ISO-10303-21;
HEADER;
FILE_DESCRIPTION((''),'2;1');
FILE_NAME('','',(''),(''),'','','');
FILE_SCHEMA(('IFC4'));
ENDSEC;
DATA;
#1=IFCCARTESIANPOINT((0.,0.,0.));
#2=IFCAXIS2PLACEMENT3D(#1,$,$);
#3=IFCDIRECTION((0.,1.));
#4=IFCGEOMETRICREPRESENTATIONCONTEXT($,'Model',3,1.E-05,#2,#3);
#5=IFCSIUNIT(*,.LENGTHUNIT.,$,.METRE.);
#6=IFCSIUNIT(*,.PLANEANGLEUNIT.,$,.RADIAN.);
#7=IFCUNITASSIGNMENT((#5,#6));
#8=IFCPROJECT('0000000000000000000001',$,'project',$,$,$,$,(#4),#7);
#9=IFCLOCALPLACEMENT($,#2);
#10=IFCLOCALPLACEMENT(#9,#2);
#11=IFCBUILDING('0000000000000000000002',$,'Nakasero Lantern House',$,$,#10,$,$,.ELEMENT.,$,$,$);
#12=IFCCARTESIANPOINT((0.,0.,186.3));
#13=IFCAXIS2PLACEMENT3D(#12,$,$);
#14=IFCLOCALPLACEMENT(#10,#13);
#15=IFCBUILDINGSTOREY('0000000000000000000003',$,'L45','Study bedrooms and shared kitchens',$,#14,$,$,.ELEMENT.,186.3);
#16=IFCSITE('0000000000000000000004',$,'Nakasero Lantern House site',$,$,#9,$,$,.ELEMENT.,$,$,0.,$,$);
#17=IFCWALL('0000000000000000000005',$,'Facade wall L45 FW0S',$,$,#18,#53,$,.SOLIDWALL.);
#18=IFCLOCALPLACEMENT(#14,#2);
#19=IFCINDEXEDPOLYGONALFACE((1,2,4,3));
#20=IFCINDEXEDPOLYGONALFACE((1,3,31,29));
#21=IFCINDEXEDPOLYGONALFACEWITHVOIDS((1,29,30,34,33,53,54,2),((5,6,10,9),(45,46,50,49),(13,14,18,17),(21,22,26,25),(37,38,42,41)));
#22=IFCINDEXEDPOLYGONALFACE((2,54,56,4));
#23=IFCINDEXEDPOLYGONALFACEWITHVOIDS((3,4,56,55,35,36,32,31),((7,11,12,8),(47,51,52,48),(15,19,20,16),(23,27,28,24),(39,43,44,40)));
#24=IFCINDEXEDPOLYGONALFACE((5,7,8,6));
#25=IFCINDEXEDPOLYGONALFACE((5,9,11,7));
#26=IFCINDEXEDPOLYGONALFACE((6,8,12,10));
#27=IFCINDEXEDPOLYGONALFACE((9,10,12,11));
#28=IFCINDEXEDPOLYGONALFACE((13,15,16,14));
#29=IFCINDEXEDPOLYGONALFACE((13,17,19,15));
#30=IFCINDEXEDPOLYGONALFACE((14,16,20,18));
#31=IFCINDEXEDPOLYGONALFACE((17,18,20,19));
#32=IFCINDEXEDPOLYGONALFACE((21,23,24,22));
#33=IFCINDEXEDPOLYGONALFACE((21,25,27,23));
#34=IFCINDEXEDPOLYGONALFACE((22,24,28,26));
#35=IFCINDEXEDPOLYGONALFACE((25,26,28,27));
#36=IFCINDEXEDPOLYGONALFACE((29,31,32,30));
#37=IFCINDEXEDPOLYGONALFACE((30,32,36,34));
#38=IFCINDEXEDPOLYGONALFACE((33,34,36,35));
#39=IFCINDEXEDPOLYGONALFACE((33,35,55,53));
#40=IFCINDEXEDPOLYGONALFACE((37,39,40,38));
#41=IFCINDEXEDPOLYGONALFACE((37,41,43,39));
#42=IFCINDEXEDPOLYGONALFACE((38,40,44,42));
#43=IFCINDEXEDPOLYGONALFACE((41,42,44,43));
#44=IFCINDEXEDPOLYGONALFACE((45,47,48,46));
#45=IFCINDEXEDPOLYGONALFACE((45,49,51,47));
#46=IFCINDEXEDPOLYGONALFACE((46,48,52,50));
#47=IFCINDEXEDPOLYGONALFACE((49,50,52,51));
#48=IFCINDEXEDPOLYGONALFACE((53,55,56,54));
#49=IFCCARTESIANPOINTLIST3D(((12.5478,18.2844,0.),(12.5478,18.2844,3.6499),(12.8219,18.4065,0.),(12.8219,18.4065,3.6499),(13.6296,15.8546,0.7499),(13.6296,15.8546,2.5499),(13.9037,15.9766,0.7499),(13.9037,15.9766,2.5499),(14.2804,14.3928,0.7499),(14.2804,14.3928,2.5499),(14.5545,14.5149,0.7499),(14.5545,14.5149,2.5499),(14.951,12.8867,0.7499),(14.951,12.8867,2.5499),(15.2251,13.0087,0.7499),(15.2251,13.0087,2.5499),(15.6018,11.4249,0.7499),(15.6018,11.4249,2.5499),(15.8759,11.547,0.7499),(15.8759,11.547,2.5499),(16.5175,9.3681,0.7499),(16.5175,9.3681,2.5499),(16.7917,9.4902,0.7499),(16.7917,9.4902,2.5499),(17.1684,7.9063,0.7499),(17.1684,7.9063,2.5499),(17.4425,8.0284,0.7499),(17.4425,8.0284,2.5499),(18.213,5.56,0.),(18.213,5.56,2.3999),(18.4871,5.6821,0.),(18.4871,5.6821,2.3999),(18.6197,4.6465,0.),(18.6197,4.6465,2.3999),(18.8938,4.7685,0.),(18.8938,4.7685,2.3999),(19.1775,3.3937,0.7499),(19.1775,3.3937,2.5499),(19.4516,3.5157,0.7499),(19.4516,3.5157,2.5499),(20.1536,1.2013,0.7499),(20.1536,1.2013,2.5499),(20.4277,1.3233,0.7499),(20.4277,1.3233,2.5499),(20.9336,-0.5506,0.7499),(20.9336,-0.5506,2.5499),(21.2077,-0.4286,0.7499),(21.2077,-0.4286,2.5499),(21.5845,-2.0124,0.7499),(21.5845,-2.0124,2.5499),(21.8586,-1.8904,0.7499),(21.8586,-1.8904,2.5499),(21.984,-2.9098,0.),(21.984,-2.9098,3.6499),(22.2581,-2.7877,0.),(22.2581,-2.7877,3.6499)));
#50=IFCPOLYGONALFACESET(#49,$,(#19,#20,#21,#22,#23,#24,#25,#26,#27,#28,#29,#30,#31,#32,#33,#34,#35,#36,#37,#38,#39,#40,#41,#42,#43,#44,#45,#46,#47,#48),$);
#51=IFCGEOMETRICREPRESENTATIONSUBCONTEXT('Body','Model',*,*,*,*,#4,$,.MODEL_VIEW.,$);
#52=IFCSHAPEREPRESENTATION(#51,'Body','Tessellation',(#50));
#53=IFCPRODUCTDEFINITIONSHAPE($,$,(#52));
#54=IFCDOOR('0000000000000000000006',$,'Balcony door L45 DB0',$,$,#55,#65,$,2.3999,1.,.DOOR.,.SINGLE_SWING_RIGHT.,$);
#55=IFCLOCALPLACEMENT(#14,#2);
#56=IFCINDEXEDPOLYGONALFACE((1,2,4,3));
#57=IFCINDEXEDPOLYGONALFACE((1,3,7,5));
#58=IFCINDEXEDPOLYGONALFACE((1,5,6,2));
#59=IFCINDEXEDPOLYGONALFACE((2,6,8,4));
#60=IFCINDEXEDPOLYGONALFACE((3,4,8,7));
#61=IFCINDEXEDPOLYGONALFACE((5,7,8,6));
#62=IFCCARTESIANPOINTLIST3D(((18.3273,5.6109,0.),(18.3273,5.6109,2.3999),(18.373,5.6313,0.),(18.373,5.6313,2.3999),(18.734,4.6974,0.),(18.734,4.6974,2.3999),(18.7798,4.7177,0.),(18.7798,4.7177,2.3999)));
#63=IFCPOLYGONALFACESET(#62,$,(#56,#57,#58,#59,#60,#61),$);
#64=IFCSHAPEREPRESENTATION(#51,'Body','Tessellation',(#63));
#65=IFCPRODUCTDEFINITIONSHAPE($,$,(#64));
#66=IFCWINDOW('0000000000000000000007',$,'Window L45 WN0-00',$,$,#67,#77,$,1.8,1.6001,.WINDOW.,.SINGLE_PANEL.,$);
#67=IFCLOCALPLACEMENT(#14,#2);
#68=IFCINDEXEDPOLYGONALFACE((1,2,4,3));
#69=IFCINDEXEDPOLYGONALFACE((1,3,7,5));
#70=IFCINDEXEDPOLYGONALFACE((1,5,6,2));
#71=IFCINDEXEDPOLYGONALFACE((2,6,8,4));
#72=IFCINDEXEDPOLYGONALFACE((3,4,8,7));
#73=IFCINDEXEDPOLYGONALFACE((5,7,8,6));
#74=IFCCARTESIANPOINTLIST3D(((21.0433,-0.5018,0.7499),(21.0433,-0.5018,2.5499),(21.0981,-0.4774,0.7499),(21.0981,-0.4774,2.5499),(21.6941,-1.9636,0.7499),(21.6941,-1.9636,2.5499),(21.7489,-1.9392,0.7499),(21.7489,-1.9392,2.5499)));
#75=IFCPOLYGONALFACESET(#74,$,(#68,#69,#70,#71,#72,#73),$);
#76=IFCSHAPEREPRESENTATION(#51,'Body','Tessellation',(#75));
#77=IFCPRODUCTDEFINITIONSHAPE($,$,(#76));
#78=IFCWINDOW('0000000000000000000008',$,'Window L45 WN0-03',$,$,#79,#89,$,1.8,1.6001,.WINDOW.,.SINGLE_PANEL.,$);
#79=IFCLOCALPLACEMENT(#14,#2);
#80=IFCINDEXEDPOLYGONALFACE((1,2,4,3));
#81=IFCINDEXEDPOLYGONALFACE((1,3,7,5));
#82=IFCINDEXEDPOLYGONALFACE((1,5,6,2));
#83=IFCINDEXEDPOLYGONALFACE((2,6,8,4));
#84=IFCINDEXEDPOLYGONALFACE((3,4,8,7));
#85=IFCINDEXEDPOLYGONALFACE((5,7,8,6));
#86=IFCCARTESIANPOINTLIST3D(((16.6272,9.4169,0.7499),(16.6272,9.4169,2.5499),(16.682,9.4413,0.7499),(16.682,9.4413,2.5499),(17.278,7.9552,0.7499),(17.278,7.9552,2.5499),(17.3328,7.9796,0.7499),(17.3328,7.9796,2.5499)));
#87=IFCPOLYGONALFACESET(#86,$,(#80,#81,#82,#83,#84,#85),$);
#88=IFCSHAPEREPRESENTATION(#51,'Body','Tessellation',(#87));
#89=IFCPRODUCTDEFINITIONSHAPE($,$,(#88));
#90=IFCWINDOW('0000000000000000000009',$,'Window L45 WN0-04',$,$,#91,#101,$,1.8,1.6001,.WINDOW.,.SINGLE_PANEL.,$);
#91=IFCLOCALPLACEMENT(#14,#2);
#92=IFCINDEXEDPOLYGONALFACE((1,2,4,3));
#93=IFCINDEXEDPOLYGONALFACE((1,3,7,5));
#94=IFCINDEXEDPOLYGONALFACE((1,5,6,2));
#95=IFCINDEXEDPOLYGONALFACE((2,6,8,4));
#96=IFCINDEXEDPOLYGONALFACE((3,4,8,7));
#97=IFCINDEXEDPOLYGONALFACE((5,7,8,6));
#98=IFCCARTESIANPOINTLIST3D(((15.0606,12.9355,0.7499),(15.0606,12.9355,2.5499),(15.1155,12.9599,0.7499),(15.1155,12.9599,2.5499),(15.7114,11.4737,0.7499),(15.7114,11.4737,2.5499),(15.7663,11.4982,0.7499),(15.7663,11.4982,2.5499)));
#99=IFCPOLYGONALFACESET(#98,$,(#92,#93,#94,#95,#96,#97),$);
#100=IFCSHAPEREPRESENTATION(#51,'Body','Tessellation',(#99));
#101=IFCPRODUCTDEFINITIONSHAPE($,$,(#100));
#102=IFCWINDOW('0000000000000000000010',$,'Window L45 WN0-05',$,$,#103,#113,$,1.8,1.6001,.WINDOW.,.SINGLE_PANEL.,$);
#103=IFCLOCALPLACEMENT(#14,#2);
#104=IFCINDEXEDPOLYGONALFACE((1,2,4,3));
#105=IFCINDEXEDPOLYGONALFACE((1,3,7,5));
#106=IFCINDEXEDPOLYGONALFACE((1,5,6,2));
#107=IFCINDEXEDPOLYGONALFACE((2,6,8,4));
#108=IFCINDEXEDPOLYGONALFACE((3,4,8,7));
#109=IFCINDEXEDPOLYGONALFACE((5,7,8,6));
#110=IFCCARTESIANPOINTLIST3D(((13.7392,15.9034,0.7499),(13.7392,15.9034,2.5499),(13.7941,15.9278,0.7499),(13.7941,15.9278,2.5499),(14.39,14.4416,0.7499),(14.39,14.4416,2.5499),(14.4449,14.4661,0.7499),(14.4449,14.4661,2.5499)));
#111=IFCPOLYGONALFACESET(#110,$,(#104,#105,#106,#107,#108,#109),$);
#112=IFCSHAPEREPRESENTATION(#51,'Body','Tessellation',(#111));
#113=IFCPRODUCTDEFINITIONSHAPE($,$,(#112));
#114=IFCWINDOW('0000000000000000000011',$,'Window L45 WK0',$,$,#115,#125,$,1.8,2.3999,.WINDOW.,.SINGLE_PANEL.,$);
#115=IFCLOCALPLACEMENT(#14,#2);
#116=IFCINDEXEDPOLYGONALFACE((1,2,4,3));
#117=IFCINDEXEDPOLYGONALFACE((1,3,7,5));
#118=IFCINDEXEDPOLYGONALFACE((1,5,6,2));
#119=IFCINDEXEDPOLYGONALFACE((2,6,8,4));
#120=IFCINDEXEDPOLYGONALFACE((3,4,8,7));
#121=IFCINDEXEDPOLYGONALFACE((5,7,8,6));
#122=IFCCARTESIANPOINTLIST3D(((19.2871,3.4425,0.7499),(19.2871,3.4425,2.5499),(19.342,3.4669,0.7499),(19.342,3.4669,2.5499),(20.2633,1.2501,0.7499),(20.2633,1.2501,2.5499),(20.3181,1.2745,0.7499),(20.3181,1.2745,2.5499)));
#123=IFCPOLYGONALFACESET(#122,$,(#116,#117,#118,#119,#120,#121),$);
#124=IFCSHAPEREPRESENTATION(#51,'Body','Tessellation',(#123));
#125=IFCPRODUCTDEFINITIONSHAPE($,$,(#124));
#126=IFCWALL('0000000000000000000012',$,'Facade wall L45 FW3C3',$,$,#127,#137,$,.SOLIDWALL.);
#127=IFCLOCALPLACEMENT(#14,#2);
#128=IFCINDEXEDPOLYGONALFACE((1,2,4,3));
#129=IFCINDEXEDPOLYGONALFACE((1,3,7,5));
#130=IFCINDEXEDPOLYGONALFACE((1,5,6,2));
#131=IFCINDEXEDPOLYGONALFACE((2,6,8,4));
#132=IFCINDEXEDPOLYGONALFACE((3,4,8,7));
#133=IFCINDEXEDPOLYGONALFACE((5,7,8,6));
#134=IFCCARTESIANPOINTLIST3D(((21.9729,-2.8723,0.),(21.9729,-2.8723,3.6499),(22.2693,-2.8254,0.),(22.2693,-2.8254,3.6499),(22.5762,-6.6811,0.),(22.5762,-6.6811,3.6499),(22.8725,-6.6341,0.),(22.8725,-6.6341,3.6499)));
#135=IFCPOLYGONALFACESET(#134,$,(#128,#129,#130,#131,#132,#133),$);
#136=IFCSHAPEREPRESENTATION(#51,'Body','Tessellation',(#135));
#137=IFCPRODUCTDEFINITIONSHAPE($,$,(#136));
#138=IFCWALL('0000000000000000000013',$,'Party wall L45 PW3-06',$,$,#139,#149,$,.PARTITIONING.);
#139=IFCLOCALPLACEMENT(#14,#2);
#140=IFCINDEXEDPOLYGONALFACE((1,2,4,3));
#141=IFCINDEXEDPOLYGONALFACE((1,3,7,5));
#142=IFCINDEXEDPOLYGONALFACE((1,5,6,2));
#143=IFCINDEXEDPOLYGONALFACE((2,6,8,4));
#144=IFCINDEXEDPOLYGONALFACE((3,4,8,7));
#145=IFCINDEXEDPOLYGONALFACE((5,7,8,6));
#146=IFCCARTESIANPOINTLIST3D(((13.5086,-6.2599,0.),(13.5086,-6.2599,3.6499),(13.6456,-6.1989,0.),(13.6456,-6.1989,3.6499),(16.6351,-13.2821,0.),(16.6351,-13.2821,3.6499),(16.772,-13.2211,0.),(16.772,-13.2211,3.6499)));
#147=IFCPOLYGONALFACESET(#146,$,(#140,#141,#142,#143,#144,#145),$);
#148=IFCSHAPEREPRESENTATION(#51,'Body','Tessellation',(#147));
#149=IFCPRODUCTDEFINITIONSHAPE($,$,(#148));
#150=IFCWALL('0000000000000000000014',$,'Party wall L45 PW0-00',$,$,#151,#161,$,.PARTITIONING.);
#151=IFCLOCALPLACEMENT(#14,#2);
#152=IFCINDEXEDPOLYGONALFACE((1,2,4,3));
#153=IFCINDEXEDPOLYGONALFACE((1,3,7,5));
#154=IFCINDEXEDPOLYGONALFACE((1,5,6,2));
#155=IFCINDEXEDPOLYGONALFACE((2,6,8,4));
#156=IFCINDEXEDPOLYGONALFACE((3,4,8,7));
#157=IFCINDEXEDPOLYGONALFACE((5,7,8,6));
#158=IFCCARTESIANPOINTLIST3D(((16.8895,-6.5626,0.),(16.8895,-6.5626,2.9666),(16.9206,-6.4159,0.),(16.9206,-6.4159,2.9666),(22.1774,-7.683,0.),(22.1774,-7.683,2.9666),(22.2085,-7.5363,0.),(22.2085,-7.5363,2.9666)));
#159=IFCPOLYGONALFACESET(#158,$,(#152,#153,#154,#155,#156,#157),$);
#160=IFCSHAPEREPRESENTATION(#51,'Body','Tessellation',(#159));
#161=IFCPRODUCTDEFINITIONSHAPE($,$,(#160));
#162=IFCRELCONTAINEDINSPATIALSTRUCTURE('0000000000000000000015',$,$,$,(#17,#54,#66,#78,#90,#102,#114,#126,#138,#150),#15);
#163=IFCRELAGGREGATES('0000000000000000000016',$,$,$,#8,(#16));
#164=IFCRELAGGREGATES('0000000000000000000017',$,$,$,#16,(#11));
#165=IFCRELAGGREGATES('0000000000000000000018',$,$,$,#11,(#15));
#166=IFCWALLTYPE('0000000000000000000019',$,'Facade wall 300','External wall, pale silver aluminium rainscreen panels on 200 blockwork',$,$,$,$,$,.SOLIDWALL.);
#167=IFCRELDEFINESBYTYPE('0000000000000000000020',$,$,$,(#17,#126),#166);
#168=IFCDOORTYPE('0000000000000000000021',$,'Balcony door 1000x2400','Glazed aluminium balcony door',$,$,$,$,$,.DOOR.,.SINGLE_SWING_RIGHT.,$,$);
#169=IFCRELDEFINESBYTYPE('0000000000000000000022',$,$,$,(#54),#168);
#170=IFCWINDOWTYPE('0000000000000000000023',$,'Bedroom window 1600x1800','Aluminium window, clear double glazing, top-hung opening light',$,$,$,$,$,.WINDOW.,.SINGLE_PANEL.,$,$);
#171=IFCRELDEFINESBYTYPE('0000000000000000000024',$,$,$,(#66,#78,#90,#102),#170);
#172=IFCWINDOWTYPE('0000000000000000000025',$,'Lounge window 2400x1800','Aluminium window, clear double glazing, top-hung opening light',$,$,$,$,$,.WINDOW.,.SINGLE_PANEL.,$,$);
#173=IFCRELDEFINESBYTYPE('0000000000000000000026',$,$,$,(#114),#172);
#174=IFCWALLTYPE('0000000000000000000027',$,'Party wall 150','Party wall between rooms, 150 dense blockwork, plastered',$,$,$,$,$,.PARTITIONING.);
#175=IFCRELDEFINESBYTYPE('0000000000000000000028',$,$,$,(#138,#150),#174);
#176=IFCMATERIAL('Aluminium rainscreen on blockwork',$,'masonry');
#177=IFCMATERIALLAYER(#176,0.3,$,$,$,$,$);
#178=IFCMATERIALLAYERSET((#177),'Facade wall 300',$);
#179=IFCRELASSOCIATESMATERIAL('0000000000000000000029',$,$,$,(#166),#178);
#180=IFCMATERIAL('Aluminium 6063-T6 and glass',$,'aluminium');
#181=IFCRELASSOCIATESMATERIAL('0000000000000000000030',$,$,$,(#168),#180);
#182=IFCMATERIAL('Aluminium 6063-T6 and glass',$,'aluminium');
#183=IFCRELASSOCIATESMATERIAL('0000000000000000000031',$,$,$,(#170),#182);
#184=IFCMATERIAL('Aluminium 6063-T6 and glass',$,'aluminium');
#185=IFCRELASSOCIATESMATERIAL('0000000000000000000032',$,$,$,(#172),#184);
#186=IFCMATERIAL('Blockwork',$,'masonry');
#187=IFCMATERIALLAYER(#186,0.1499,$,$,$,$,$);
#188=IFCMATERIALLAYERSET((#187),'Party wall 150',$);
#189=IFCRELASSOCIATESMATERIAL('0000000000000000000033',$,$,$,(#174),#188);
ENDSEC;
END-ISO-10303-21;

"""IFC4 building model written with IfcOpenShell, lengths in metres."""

from ifc_helpers import new_model, si_unit, direction, frame, frame_2d, origin, place, context, subcontext, project, spatial, rectangle, extrude, material, layer, layer_set, type_object, element, fill, save


model = new_model("IFC4")

# Units and contexts
model_context = context("Model", 3, precision=1e-05, world=origin(), true_north=direction((0.0, 1.0)))
body_context = subcontext(model_context, "Body", "Model", "MODEL_VIEW")
ifc_project = project(units=[si_unit("LENGTHUNIT", "METRE"), si_unit("PLANEANGLEUNIT", "RADIAN")], contexts=[model_context])

# Site, building, storey
site_placement = place(None, origin())
site = spatial("IfcSite", under=ifc_project, at=site_placement, Name="Nakasero Lantern House site", CompositionType="ELEMENT", RefElevation=0.0)
building_placement = place(site_placement, origin())
building = spatial("IfcBuilding", under=site, at=building_placement, Name="Nakasero Lantern House", CompositionType="ELEMENT")
storey_placement = place(building_placement, frame((0.0, 0.0, 186.3)))
storey = spatial("IfcBuildingStorey", under=building, at=storey_placement, Name="L45", Description="Study bedrooms and shared kitchens", CompositionType="ELEMENT", Elevation=186.3)

# Wall, openings, door, windows
ifc_material_1 = material(Name="Aluminium rainscreen on blockwork", Category="masonry")
ifc_layer_1 = layer(ifc_material_1, 0.3)
ifc_layer_set_1 = layer_set([ifc_layer_1], Name="Facade wall 300")
wall_type_1 = type_object("IfcWallType", Name="Facade wall 300", Description="External wall, pale silver aluminium rainscreen panels on 200 blockwork", PredefinedType="SOLIDWALL", material=ifc_layer_set_1)
wall_1_placement = place(storey_placement, frame((22.1211, -2.8489, 0.0), z_axis=(0.0, 0.0, 1.0), x_axis=(-0.406735, 0.913546, 0.0)))
wall_1 = element("IfcWall", 1, at=wall_1_placement, inside=storey, type_object=wall_type_1, Name="Facade wall L45 FW0S", PredefinedType="SOLIDWALL", context=body_context, shape_type="SweptSolid", body=[
    extrude(rectangle(XDim=23.2, YDim=0.3, at=frame_2d((11.6001, 0.0))), origin(), (0.0, 0.0, 1.0), 3.6499),
])
opening_1_placement = place(wall_1_placement, frame((0.9824, 0.0, 0.75)))
opening_1 = element("IfcOpeningElement", 2, at=opening_1_placement, cuts=wall_1, PredefinedType="OPENING", context=body_context, shape_type="SweptSolid", body=[
    extrude(rectangle(XDim=1.6001, YDim=1.8, at=frame_2d((0.8, 0.8999))), frame((0.0, 0.1699, 0.0), z_axis=(0.0, -1.0, 0.0), x_axis=(1.0, 0.0, 0.0)), (0.0, 0.0, 1.0), 0.3401),
])
opening_2_placement = place(wall_1_placement, frame((11.8398, 0.0, 0.75)))
opening_2 = element("IfcOpeningElement", 3, at=opening_2_placement, cuts=wall_1, PredefinedType="OPENING", context=body_context, shape_type="SweptSolid", body=[
    extrude(rectangle(XDim=1.6001, YDim=1.8, at=frame_2d((0.8, 0.8999))), frame((0.0, 0.1699, 0.0), z_axis=(0.0, -1.0, 0.0), x_axis=(1.0, 0.0, 0.0)), (0.0, 0.0, 1.0), 0.3401),
])
opening_3_placement = place(wall_1_placement, frame((15.6914, 0.0, 0.75)))
opening_3 = element("IfcOpeningElement", 4, at=opening_3_placement, cuts=wall_1, PredefinedType="OPENING", context=body_context, shape_type="SweptSolid", body=[
    extrude(rectangle(XDim=1.6001, YDim=1.8, at=frame_2d((0.8, 0.8999))), frame((0.0, 0.1699, 0.0), z_axis=(0.0, -1.0, 0.0), x_axis=(1.0, 0.0, 0.0)), (0.0, 0.0, 1.0), 0.3401),
])
opening_4_placement = place(wall_1_placement, frame((18.9402, 0.0, 0.75)))
opening_4 = element("IfcOpeningElement", 5, at=opening_4_placement, cuts=wall_1, PredefinedType="OPENING", context=body_context, shape_type="SweptSolid", body=[
    extrude(rectangle(XDim=1.6001, YDim=1.8, at=frame_2d((0.8, 0.8999))), frame((0.0, 0.1699, 0.0), z_axis=(0.0, -1.0, 0.0), x_axis=(1.0, 0.0, 0.0)), (0.0, 0.0, 1.0), 0.3401),
])
opening_5_placement = place(wall_1_placement, frame((4.5002, 0.0, 0.75)))
opening_5 = element("IfcOpeningElement", 6, at=opening_5_placement, cuts=wall_1, PredefinedType="OPENING", context=body_context, shape_type="SweptSolid", body=[
    extrude(rectangle(XDim=2.3999, YDim=1.8, at=frame_2d((1.2, 0.8999))), frame((0.0, 0.1699, 0.0), z_axis=(0.0, -1.0, 0.0), x_axis=(1.0, 0.0, 0.0)), (0.0, 0.0, 1.0), 0.3401),
])
opening_6_placement = place(wall_1_placement, frame((8.2715, 0.0, 0.0)))
opening_6 = element("IfcOpeningElement", 7, at=opening_6_placement, cuts=wall_1, PredefinedType="OPENING", context=body_context, shape_type="SweptSolid", body=[
    extrude(rectangle(XDim=1.0, YDim=2.3999, at=frame_2d((0.5, 1.2))), frame((0.0, 0.1699, 0.0), z_axis=(0.0, -1.0, 0.0), x_axis=(1.0, 0.0, 0.0)), (0.0, 0.0, 1.0), 0.3401),
])
ifc_material_2 = material(Name="Aluminium 6063-T6 and glass", Category="aluminium")
door_type_1 = type_object("IfcDoorType", Name="Balcony door 1000x2400", Description="Glazed aluminium balcony door", OperationType="SINGLE_SWING_RIGHT", PredefinedType="DOOR", material=ifc_material_2)
door_1_placement = place(opening_6_placement, origin())
door_1 = element("IfcDoor", 8, at=door_1_placement, inside=storey, type_object=door_type_1, Name="Balcony door L45 DB0", OperationType="SINGLE_SWING_RIGHT", OverallHeight=2.3999, OverallWidth=1.0, PredefinedType="DOOR", context=body_context, shape_type="SweptSolid", body=[
    extrude(rectangle(XDim=1.0, YDim=2.3999, at=frame_2d((0.5, 1.2))), frame((0.0, 0.0249, 0.0), z_axis=(0.0, -1.0, 0.0), x_axis=(1.0, 0.0, 0.0)), (0.0, 0.0, 1.0), 0.05),
])
fill(opening_6, door_1)
ifc_material_3 = material(Name="Aluminium 6063-T6 and glass", Category="aluminium")
window_type_1 = type_object("IfcWindowType", Name="Bedroom window 1600x1800", Description="Aluminium window, clear double glazing, top-hung opening light", PartitioningType="SINGLE_PANEL", PredefinedType="WINDOW", material=ifc_material_3)
window_1_placement = place(opening_1_placement, origin())
window_1 = element("IfcWindow", 9, at=window_1_placement, inside=storey, type_object=window_type_1, Name="Window L45 WN0-00", OverallHeight=1.8, OverallWidth=1.6001, PartitioningType="SINGLE_PANEL", PredefinedType="WINDOW", context=body_context, shape_type="SweptSolid", body=[
    extrude(rectangle(XDim=1.6001, YDim=1.8, at=frame_2d((0.8, 0.8999))), frame((0.0, 0.03, 0.0), z_axis=(0.0, -1.0, 0.0), x_axis=(1.0, 0.0, 0.0)), (0.0, 0.0, 1.0), 0.0601),
])
fill(opening_1, window_1)
window_2_placement = place(opening_2_placement, origin())
window_2 = element("IfcWindow", 10, at=window_2_placement, inside=storey, type_object=window_type_1, Name="Window L45 WN0-03", OverallHeight=1.8, OverallWidth=1.6001, PartitioningType="SINGLE_PANEL", PredefinedType="WINDOW", context=body_context, shape_type="SweptSolid", body=[
    extrude(rectangle(XDim=1.6001, YDim=1.8, at=frame_2d((0.8, 0.8999))), frame((0.0, 0.03, 0.0), z_axis=(0.0, -1.0, 0.0), x_axis=(1.0, 0.0, 0.0)), (0.0, 0.0, 1.0), 0.0601),
])
fill(opening_2, window_2)
window_3_placement = place(opening_3_placement, origin())
window_3 = element("IfcWindow", 11, at=window_3_placement, inside=storey, type_object=window_type_1, Name="Window L45 WN0-04", OverallHeight=1.8, OverallWidth=1.6001, PartitioningType="SINGLE_PANEL", PredefinedType="WINDOW", context=body_context, shape_type="SweptSolid", body=[
    extrude(rectangle(XDim=1.6001, YDim=1.8, at=frame_2d((0.8, 0.8999))), frame((0.0, 0.03, 0.0), z_axis=(0.0, -1.0, 0.0), x_axis=(1.0, 0.0, 0.0)), (0.0, 0.0, 1.0), 0.0601),
])
fill(opening_3, window_3)
window_4_placement = place(opening_4_placement, origin())
window_4 = element("IfcWindow", 12, at=window_4_placement, inside=storey, type_object=window_type_1, Name="Window L45 WN0-05", OverallHeight=1.8, OverallWidth=1.6001, PartitioningType="SINGLE_PANEL", PredefinedType="WINDOW", context=body_context, shape_type="SweptSolid", body=[
    extrude(rectangle(XDim=1.6001, YDim=1.8, at=frame_2d((0.8, 0.8999))), frame((0.0, 0.03, 0.0), z_axis=(0.0, -1.0, 0.0), x_axis=(1.0, 0.0, 0.0)), (0.0, 0.0, 1.0), 0.0601),
])
fill(opening_4, window_4)
ifc_material_4 = material(Name="Aluminium 6063-T6 and glass", Category="aluminium")
window_type_2 = type_object("IfcWindowType", Name="Lounge window 2400x1800", Description="Aluminium window, clear double glazing, top-hung opening light", PartitioningType="SINGLE_PANEL", PredefinedType="WINDOW", material=ifc_material_4)
window_5_placement = place(opening_5_placement, origin())
window_5 = element("IfcWindow", 13, at=window_5_placement, inside=storey, type_object=window_type_2, Name="Window L45 WK0", OverallHeight=1.8, OverallWidth=2.3999, PartitioningType="SINGLE_PANEL", PredefinedType="WINDOW", context=body_context, shape_type="SweptSolid", body=[
    extrude(rectangle(XDim=2.3999, YDim=1.8, at=frame_2d((1.2, 0.8999))), frame((0.0, 0.03, 0.0), z_axis=(0.0, -1.0, 0.0), x_axis=(1.0, 0.0, 0.0)), (0.0, 0.0, 1.0), 0.0601),
])
fill(opening_5, window_5)

# Walls
wall_2_placement = place(storey_placement, frame((22.7244, -6.6577, 0.0), z_axis=(0.0, 0.0, 1.0), x_axis=(-0.156437, 0.987688, 0.0)))
element("IfcWall", 14, at=wall_2_placement, inside=storey, type_object=wall_type_1, Name="Facade wall L45 FW3C3", PredefinedType="SOLIDWALL", context=body_context, shape_type="SweptSolid", body=[
    extrude(rectangle(XDim=3.8562, YDim=0.3, at=frame_2d((1.9282, 0.0))), origin(), (0.0, 0.0, 1.0), 3.6499),
])
ifc_material_5 = material(Name="Blockwork", Category="masonry")
ifc_layer_2 = layer(ifc_material_5, 0.1499)
ifc_layer_set_2 = layer_set([ifc_layer_2], Name="Party wall 150")
wall_type_2 = type_object("IfcWallType", Name="Party wall 150", Description="Party wall between rooms, 150 dense blockwork, plastered", PredefinedType="PARTITIONING", material=ifc_layer_set_2)
wall_3_placement = place(storey_placement, frame((13.5771, -6.2295, 0.0), z_axis=(0.0, 0.0, 1.0), x_axis=(0.406734, -0.913547, 0.0)))
element("IfcWall", 15, at=wall_3_placement, inside=storey, type_object=wall_type_2, Name="Party wall L45 PW3-06", PredefinedType="PARTITIONING", context=body_context, shape_type="SweptSolid", body=[
    extrude(rectangle(XDim=7.6868, YDim=0.1499, at=frame_2d((3.8433, 0.0))), origin(), (0.0, 0.0, 1.0), 3.6499),
])
wall_4_placement = place(storey_placement, frame((16.905, -6.4893, 0.0), z_axis=(0.0, 0.0, 1.0), x_axis=(0.978283, -0.207274, 0.0)))
element("IfcWall", 16, at=wall_4_placement, inside=storey, type_object=wall_type_2, Name="Party wall L45 PW0-00", PredefinedType="PARTITIONING", context=body_context, shape_type="SweptSolid", body=[
    extrude(rectangle(XDim=5.4053, YDim=0.1499, at=frame_2d((2.7026, 0.0))), origin(), (0.0, 0.0, 1.0), 2.9666),
])

save(model, "model.ifc")
